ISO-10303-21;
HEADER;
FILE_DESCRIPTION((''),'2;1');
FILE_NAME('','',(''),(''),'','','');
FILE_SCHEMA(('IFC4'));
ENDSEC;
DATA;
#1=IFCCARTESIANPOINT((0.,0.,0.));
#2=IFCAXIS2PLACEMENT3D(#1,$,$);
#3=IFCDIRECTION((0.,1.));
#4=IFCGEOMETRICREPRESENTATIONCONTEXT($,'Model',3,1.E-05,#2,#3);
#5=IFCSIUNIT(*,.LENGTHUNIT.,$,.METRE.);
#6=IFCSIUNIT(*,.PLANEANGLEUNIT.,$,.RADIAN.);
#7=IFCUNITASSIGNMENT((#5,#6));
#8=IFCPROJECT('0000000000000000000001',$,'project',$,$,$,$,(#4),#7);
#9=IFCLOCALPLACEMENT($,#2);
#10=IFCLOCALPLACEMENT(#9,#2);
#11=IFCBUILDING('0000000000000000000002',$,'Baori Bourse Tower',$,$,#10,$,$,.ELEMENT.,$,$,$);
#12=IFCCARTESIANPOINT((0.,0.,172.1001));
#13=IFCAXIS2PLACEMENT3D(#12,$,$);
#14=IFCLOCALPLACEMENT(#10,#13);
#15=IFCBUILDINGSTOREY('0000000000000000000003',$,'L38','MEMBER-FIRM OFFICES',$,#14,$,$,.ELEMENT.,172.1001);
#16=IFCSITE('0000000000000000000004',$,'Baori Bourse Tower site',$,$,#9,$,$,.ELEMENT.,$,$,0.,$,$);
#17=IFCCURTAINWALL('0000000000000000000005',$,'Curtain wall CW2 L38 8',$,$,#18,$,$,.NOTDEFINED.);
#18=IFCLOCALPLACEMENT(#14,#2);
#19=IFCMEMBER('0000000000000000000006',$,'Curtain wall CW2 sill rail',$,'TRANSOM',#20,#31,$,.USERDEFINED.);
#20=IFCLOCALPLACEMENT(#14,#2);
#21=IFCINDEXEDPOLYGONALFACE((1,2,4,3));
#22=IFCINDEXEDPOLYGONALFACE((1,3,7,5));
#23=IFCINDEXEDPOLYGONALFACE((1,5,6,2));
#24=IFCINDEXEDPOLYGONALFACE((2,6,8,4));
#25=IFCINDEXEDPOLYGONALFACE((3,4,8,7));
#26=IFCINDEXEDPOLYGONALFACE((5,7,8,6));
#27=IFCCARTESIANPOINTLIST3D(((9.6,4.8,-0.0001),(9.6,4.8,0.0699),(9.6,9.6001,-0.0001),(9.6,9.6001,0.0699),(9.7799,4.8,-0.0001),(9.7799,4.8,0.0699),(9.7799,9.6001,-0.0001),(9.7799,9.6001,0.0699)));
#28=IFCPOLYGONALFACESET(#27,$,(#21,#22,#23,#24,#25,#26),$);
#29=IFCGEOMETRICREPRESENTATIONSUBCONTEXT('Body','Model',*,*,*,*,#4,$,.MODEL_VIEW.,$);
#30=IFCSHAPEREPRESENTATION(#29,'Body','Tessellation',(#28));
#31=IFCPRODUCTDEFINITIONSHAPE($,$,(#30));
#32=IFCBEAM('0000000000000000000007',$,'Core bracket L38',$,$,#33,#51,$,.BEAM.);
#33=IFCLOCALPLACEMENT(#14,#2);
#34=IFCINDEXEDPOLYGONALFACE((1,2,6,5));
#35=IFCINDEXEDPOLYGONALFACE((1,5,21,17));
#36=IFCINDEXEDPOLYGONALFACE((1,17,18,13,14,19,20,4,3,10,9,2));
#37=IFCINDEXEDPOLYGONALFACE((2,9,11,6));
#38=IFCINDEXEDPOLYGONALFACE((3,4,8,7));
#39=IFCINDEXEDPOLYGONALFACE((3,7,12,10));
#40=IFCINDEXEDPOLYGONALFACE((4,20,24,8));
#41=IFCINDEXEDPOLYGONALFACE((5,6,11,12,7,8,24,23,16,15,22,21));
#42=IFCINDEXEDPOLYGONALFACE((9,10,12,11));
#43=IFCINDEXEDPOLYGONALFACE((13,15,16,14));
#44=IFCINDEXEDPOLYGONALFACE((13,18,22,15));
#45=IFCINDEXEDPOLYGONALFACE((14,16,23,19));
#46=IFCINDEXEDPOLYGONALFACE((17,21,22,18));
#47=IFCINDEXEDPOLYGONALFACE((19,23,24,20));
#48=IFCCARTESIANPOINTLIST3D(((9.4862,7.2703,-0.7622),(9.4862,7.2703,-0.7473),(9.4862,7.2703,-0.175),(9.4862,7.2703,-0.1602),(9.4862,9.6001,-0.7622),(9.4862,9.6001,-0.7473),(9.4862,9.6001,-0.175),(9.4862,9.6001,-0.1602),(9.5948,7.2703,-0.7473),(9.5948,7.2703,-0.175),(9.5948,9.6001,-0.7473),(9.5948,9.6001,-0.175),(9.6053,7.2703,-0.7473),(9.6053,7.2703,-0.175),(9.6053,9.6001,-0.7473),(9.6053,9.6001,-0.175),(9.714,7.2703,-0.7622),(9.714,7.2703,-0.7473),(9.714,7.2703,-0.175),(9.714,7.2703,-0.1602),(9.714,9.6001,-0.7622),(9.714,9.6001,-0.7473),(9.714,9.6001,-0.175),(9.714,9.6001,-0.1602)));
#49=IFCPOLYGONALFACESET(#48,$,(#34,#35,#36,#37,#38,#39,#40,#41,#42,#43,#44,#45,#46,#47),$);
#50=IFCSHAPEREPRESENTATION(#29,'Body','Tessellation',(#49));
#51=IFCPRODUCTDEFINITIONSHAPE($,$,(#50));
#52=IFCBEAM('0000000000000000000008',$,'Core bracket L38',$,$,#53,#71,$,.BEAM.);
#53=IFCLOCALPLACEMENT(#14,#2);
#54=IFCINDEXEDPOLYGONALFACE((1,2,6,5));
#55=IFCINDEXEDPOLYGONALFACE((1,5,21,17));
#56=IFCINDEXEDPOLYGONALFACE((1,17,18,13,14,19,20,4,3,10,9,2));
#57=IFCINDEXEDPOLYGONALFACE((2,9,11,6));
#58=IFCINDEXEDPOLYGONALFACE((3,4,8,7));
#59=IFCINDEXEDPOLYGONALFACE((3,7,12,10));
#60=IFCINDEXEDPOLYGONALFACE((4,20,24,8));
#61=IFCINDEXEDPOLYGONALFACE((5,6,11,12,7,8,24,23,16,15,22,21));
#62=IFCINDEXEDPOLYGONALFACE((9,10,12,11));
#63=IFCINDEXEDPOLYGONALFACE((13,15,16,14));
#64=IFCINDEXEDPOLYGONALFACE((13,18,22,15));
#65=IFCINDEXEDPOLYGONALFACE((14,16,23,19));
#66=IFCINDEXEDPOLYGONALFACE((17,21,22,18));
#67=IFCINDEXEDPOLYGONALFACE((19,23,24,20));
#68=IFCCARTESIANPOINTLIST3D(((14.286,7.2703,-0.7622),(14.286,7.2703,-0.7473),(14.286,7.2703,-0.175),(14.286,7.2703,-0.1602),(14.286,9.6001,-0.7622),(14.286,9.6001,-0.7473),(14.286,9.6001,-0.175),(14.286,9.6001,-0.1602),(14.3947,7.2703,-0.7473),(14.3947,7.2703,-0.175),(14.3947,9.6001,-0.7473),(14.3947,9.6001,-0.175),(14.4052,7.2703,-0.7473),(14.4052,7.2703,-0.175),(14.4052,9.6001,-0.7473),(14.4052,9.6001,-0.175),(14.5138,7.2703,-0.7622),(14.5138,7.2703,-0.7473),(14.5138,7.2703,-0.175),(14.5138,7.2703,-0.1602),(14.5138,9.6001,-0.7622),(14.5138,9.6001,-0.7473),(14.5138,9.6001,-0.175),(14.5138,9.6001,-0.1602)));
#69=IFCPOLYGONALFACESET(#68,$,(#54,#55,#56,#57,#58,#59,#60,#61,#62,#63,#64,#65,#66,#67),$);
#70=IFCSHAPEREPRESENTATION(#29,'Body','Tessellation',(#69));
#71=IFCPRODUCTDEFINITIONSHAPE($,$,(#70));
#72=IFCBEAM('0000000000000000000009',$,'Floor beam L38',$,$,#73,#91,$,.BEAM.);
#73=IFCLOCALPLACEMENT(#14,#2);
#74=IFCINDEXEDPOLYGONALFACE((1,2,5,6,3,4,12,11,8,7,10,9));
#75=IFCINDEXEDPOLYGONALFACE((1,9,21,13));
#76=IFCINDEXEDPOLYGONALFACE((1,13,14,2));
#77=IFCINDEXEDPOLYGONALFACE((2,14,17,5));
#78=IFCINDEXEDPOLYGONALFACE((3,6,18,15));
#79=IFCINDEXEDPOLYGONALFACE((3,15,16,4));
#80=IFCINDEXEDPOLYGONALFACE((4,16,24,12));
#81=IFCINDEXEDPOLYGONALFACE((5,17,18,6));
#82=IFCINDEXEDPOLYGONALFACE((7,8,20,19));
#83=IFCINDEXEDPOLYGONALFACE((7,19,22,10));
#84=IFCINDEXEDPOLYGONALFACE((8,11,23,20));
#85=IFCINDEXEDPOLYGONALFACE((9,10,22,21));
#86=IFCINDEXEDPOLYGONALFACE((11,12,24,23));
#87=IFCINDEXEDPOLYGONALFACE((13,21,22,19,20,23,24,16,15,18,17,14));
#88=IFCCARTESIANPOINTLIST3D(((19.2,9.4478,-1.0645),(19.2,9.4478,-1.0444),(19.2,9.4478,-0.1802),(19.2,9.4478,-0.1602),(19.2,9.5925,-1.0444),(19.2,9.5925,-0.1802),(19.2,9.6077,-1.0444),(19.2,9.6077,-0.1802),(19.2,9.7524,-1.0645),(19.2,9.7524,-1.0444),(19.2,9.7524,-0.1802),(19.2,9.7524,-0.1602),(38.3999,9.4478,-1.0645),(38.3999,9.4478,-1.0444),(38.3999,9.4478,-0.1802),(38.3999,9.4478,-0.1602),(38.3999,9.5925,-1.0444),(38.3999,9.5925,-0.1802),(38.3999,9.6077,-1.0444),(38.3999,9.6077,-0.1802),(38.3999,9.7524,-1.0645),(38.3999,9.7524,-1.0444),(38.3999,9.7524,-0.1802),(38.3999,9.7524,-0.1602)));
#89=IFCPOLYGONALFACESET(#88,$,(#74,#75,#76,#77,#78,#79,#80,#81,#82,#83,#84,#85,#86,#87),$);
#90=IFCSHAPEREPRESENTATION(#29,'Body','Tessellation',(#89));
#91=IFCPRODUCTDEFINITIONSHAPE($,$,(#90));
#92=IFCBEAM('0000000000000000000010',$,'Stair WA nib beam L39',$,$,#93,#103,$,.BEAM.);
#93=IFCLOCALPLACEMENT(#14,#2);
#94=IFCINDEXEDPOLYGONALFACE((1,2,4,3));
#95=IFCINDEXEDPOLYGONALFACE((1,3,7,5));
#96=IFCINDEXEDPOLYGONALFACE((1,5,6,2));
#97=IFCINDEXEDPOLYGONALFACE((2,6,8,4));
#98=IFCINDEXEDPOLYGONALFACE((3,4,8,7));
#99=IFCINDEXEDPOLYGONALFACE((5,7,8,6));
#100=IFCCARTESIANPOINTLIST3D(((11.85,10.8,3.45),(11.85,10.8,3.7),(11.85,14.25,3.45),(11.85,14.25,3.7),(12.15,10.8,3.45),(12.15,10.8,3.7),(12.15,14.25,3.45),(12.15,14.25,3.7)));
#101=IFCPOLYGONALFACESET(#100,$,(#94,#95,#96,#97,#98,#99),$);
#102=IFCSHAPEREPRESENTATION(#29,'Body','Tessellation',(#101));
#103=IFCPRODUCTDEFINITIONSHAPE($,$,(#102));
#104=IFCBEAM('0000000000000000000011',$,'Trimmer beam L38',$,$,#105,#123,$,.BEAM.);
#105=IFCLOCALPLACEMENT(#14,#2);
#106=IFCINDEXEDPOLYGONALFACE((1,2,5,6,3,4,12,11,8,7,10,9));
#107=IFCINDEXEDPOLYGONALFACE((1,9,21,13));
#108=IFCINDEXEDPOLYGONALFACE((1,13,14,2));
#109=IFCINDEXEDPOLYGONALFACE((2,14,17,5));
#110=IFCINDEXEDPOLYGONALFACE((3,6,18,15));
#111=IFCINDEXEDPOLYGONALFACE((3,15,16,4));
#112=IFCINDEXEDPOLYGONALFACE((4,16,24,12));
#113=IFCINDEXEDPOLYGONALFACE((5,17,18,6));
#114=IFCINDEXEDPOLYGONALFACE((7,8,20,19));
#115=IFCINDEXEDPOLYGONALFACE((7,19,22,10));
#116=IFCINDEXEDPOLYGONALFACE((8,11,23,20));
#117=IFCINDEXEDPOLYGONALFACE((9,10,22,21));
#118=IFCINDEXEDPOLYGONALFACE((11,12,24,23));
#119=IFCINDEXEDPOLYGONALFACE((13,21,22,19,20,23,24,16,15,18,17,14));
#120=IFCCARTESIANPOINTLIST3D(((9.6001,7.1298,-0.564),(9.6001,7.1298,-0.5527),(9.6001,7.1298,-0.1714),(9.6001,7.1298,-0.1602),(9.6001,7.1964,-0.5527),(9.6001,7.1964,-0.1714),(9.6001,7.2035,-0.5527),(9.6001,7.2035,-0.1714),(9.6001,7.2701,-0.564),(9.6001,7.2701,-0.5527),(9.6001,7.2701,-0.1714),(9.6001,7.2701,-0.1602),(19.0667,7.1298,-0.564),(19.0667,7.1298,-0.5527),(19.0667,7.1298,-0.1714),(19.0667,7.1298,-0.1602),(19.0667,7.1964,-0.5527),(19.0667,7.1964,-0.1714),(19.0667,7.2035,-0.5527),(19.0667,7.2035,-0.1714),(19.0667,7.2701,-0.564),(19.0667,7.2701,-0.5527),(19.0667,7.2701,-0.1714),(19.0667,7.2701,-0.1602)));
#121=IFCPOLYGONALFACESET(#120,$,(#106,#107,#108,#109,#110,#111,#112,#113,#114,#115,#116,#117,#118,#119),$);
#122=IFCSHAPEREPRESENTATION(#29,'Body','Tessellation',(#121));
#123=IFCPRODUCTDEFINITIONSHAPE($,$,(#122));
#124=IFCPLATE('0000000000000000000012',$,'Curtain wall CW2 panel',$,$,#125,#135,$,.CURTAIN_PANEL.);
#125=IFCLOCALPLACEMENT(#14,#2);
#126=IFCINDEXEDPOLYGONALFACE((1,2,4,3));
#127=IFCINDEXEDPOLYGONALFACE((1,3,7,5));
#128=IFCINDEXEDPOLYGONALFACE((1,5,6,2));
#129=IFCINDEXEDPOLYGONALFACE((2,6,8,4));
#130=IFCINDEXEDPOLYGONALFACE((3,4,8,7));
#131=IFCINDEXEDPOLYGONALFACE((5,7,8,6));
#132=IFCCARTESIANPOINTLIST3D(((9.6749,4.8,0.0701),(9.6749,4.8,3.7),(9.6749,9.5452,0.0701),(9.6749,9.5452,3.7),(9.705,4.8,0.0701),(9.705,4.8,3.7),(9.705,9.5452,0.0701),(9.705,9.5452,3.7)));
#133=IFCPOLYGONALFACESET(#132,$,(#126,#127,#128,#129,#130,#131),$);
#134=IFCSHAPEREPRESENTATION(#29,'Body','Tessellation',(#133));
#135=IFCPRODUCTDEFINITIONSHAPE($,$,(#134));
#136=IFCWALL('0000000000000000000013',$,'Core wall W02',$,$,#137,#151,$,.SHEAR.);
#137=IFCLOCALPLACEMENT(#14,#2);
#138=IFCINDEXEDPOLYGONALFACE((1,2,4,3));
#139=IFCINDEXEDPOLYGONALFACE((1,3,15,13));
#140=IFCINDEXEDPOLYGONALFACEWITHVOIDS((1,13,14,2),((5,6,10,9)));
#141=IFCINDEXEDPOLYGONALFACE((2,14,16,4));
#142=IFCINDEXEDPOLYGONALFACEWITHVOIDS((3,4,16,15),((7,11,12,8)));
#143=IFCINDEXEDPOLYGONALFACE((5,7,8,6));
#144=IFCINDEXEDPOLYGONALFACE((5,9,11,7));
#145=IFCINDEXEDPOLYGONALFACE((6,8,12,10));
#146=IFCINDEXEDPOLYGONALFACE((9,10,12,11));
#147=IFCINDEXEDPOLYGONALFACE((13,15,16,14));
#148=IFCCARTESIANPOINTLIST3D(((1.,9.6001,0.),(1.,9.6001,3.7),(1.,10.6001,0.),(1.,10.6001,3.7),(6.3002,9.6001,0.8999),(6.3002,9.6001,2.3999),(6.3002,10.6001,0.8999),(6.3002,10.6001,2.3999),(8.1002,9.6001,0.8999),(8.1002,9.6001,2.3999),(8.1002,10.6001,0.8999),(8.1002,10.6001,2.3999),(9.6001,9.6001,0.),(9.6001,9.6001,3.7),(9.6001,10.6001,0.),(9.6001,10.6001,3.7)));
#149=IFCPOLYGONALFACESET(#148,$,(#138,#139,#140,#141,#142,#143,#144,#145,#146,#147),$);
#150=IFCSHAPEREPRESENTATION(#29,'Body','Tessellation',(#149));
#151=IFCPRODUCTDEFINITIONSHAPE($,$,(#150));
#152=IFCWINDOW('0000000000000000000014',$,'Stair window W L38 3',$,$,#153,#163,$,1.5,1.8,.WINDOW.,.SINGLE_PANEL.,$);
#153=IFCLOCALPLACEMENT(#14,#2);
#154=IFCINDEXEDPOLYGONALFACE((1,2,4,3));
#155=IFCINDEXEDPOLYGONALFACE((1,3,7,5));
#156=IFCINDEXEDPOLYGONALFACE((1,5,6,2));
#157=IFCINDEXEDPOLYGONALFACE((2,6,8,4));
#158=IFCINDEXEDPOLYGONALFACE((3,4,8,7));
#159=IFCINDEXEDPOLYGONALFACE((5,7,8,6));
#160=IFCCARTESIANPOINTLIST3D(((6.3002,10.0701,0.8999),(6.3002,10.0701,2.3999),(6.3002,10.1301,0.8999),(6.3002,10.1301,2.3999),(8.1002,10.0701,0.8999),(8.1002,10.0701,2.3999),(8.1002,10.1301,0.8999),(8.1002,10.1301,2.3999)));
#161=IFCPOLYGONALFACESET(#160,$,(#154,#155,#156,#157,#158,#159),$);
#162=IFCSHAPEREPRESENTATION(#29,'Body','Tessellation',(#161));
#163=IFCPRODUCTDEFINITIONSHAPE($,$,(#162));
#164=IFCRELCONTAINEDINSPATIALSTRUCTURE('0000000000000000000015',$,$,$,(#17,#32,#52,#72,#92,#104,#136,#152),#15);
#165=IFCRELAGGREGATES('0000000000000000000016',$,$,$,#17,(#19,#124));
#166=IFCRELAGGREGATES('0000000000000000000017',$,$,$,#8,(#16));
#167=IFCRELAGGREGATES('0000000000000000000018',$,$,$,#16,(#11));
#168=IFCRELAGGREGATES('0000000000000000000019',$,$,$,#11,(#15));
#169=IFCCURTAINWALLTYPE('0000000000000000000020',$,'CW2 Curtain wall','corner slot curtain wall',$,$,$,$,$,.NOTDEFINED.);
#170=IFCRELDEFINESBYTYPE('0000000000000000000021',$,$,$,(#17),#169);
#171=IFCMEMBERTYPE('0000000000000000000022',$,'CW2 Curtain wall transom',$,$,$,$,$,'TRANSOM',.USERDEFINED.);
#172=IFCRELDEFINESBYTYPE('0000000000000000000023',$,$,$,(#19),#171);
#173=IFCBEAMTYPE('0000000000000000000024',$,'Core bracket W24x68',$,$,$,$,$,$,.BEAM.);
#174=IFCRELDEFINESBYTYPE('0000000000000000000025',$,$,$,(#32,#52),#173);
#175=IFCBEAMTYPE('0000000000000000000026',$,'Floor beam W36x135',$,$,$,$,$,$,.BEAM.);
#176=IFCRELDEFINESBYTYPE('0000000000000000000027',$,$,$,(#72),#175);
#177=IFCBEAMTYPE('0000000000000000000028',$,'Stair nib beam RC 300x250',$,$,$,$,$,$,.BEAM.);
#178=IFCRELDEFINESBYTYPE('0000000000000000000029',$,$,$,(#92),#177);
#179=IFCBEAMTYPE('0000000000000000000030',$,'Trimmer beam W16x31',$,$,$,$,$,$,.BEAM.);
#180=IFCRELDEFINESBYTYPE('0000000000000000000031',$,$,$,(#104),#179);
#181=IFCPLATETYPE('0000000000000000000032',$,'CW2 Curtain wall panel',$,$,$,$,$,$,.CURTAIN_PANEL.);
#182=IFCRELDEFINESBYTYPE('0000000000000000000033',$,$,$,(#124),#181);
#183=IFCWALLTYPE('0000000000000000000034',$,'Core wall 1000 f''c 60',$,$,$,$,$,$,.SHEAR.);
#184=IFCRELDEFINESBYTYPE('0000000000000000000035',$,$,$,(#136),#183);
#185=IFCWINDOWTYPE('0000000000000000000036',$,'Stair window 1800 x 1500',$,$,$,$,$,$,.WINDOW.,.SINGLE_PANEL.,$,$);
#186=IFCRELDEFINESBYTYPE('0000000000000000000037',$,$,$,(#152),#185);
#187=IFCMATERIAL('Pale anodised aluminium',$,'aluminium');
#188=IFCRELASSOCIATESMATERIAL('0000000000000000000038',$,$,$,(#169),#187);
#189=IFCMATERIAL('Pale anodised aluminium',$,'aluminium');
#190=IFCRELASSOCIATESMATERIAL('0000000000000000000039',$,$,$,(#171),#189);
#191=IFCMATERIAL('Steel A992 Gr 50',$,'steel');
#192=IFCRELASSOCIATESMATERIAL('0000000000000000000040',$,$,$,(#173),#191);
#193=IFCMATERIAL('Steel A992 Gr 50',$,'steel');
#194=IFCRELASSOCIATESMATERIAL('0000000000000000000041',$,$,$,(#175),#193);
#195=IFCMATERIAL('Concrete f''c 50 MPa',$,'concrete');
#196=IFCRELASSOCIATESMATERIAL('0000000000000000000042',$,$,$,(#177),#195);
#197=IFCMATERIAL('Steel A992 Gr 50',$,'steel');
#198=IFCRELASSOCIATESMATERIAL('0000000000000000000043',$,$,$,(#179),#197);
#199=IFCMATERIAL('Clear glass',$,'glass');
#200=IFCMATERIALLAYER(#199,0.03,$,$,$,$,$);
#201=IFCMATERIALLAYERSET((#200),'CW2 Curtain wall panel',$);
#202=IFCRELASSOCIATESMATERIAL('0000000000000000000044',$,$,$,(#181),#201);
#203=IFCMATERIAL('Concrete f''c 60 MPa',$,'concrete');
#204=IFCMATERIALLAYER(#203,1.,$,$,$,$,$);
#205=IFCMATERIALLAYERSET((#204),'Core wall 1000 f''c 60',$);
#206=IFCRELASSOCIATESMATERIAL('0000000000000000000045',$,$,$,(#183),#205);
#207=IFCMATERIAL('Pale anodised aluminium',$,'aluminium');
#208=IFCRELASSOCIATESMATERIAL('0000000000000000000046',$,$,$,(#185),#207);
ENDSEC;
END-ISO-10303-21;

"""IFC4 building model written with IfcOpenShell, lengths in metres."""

from ifc_helpers import new_model, si_unit, direction, frame, frame_2d, origin, origin_2d, place, context, subcontext, project, spatial, rectangle, i_section, extrude, material, layer, layer_set, material_profile, profile_set, type_object, element, fill, aggregate, save


model = new_model("IFC4")

# Units and contexts
model_context = context("Model", 3, precision=1e-05, world=origin(), true_north=direction((0.0, 1.0)))
body_context = subcontext(model_context, "Body", "Model", "MODEL_VIEW")
ifc_project = project(units=[si_unit("LENGTHUNIT", "METRE"), si_unit("PLANEANGLEUNIT", "RADIAN")], contexts=[model_context])

# Site, building, storey
site_placement = place(None, origin())
site = spatial("IfcSite", under=ifc_project, at=site_placement, Name="Baori Bourse Tower site", CompositionType="ELEMENT", RefElevation=0.0)
building_placement = place(site_placement, origin())
building = spatial("IfcBuilding", under=site, at=building_placement, Name="Baori Bourse Tower", CompositionType="ELEMENT")
storey_placement = place(building_placement, frame((0.0, 0.0, 172.1001)))
storey = spatial("IfcBuildingStorey", under=building, at=storey_placement, Name="L38", Description="MEMBER-FIRM OFFICES", CompositionType="ELEMENT", Elevation=172.1001)

# Curtain wall, member
ifc_material_1 = material(Name="Pale anodised aluminium", Category="aluminium")
curtain_wall_type = type_object("IfcCurtainWallType", Name="CW2 Curtain wall", Description="corner slot curtain wall", PredefinedType="NOTDEFINED", material=ifc_material_1)
curtain_wall_placement = place(storey_placement, origin())
curtain_wall = element("IfcCurtainWall", 1, at=curtain_wall_placement, inside=storey, type_object=curtain_wall_type, Name="Curtain wall CW2 L38 8", PredefinedType="NOTDEFINED")
ifc_material_2 = material(Name="Pale anodised aluminium", Category="aluminium")
ifc_material_profile_1 = material_profile(ifc_material_2, rectangle(XDim=0.1799, YDim=0.0701, at=origin_2d()), Name="Transom 70x180")
ifc_profile_set_1 = profile_set([ifc_material_profile_1], Name="Pale anodised aluminium")
member_type = type_object("IfcMemberType", Name="CW2 Curtain wall transom", ElementType="TRANSOM", PredefinedType="USERDEFINED", material=ifc_profile_set_1)
member_placement = place(storey_placement, frame((9.6899, 9.6001, 0.0349), z_axis=(0.0, -1.0, 0.0), x_axis=(1.0, 0.0, 0.0)))
member = element("IfcMember", 2, at=member_placement, type_object=member_type, Name="Curtain wall CW2 sill rail", ObjectType="TRANSOM", PredefinedType="USERDEFINED", context=body_context, shape_type="SweptSolid", body=[
    extrude(rectangle(XDim=0.1799, YDim=0.0701, at=origin_2d()), origin(), (0.0, 0.0, 1.0), 4.8),
])

# Beams
ifc_material_3 = material(Name="Steel A992 Gr 50", Category="steel")
ifc_material_profile_2 = material_profile(ifc_material_3, i_section(OverallWidth=0.2278, OverallDepth=0.6021, WebThickness=0.0105, FlangeThickness=0.0149, at=origin_2d()), Name="W24x68")
ifc_profile_set_2 = profile_set([ifc_material_profile_2], Name="Steel A992 Gr 50")
beam_type_1 = type_object("IfcBeamType", Name="Core bracket W24x68", PredefinedType="BEAM", material=ifc_profile_set_2)
for number, where, z_axis, x_axis, name in (
    (3, (9.6001, 7.2703, -0.4612), (0.0, 1.0, 0.0), (-1.0, 0.0, 0.0), "Core bracket L38"),
    (4, (14.3999, 7.2703, -0.4612), (0.0, 1.0, 0.0), (-1.0, 0.0, 0.0), "Core bracket L38"),
):
    element("IfcBeam", number, at=place(storey_placement, frame(where, z_axis=z_axis, x_axis=x_axis)), inside=storey, type_object=beam_type_1, Name=name, PredefinedType="BEAM", context=body_context, shape_type="SweptSolid", body=[
        extrude(i_section(OverallWidth=0.2278, OverallDepth=0.6021, WebThickness=0.0105, FlangeThickness=0.0149, at=origin_2d()), origin(), (0.0, 0.0, 1.0), 2.3298),
    ])
ifc_material_4 = material(Name="Steel A992 Gr 50", Category="steel")
ifc_material_profile_3 = material_profile(ifc_material_4, i_section(OverallWidth=0.3047, OverallDepth=0.9043, WebThickness=0.0151, FlangeThickness=0.02, at=origin_2d()), Name="W36x135")
ifc_profile_set_3 = profile_set([ifc_material_profile_3], Name="Steel A992 Gr 50")
beam_type_2 = type_object("IfcBeamType", Name="Floor beam W36x135", PredefinedType="BEAM", material=ifc_profile_set_3)
beam_1_placement = place(storey_placement, frame((19.2, 9.6001, -0.6123), z_axis=(1.0, 0.0, 0.0), x_axis=(0.0, 1.0, 0.0)))
element("IfcBeam", 5, at=beam_1_placement, inside=storey, type_object=beam_type_2, Name="Floor beam L38", PredefinedType="BEAM", context=body_context, shape_type="SweptSolid", body=[
    extrude(i_section(OverallWidth=0.3047, OverallDepth=0.9043, WebThickness=0.0151, FlangeThickness=0.02, at=origin_2d()), origin(), (0.0, 0.0, 1.0), 19.2),
])
ifc_material_5 = material(Name="Concrete f'c 50 MPa", Category="concrete")
ifc_material_profile_4 = material_profile(ifc_material_5, rectangle(XDim=0.3, YDim=0.25, at=origin_2d()), Name="RC 300x250")
ifc_profile_set_4 = profile_set([ifc_material_profile_4], Name="Concrete f'c 50 MPa")
beam_type_3 = type_object("IfcBeamType", Name="Stair nib beam RC 300x250", PredefinedType="BEAM", material=ifc_profile_set_4)
beam_2_placement = place(storey_placement, frame((12.0, 10.8, 3.575), z_axis=(0.0, 1.0, 0.0), x_axis=(-1.0, 0.0, 0.0)))
element("IfcBeam", 6, at=beam_2_placement, inside=storey, type_object=beam_type_3, Name="Stair WA nib beam L39", PredefinedType="BEAM", context=body_context, shape_type="SweptSolid", body=[
    extrude(rectangle(XDim=0.3, YDim=0.25, at=origin_2d()), origin(), (0.0, 0.0, 1.0), 3.45),
])
ifc_material_6 = material(Name="Steel A992 Gr 50", Category="steel")
ifc_material_profile_5 = material_profile(ifc_material_6, i_section(OverallWidth=0.1404, OverallDepth=0.4038, WebThickness=0.0071, FlangeThickness=0.0112, at=origin_2d()), Name="W16x31")
ifc_profile_set_5 = profile_set([ifc_material_profile_5], Name="Steel A992 Gr 50")
beam_type_4 = type_object("IfcBeamType", Name="Trimmer beam W16x31", PredefinedType="BEAM", material=ifc_profile_set_5)
beam_3_placement = place(storey_placement, frame((9.6001, 7.2, -0.3621), z_axis=(1.0, 0.0, 0.0), x_axis=(0.0, 1.0, 0.0)))
element("IfcBeam", 7, at=beam_3_placement, inside=storey, type_object=beam_type_4, Name="Trimmer beam L38", PredefinedType="BEAM", context=body_context, shape_type="SweptSolid", body=[
    extrude(i_section(OverallWidth=0.1404, OverallDepth=0.4038, WebThickness=0.0071, FlangeThickness=0.0112, at=origin_2d()), origin(), (0.0, 0.0, 1.0), 9.4666),
])

# Plate
ifc_material_7 = material(Name="Clear glass", Category="glass")
ifc_layer_1 = layer(ifc_material_7, 0.03)
ifc_layer_set_1 = layer_set([ifc_layer_1], Name="CW2 Curtain wall panel")
plate_type = type_object("IfcPlateType", Name="CW2 Curtain wall panel", PredefinedType="CURTAIN_PANEL", material=ifc_layer_set_1)
plate_placement = place(storey_placement, frame((9.6899, 7.1726, 0.0701), z_axis=(0.0, 0.0, 1.0), x_axis=(0.0, -1.0, 0.0)))
plate = element("IfcPlate", 8, at=plate_placement, type_object=plate_type, Name="Curtain wall CW2 panel", PredefinedType="CURTAIN_PANEL", context=body_context, shape_type="SweptSolid", body=[
    extrude(rectangle(XDim=4.7451, YDim=0.03, at=origin_2d()), origin(), (0.0, 0.0, 1.0), 3.6299),
])
aggregate(curtain_wall, [member, plate])

# Wall, opening, window
ifc_material_8 = material(Name="Concrete f'c 60 MPa", Category="concrete")
ifc_layer_2 = layer(ifc_material_8, 1.0)
ifc_layer_set_2 = layer_set([ifc_layer_2], Name="Core wall 1000 f'c 60")
wall_type_1 = type_object("IfcWallType", Name="Core wall 1000 f'c 60", PredefinedType="SHEAR", material=ifc_layer_set_2)
wall_1_placement = place(storey_placement, frame((9.6001, 10.1001, 0.0), z_axis=(0.0, 0.0, 1.0), x_axis=(-1.0, 0.0, 0.0)))
wall_1 = element("IfcWall", 9, at=wall_1_placement, inside=storey, type_object=wall_type_1, Name="Core wall W02", PredefinedType="SHEAR", context=body_context, shape_type="SweptSolid", body=[
    extrude(rectangle(XDim=8.6001, YDim=1.0, at=frame_2d((4.3, 0.0))), origin(), (0.0, 0.0, 1.0), 3.7),
])
opening_1_placement = place(wall_1_placement, frame((1.5, 0.0, 0.8999)))
opening_1 = element("IfcOpeningElement", 10, at=opening_1_placement, cuts=wall_1, PredefinedType="OPENING", context=body_context, shape_type="SweptSolid", body=[
    extrude(rectangle(XDim=1.8, YDim=1.5, at=frame_2d((0.8999, 0.75))), frame((0.0, 0.51, 0.0), z_axis=(0.0, -1.0, 0.0), x_axis=(1.0, 0.0, 0.0)), (0.0, 0.0, 1.0), 1.02),
])
ifc_material_9 = material(Name="Pale anodised aluminium", Category="aluminium")
window_type = type_object("IfcWindowType", Name="Stair window 1800 x 1500", PartitioningType="SINGLE_PANEL", PredefinedType="WINDOW", material=ifc_material_9)
window_placement = place(opening_1_placement, origin())
window = element("IfcWindow", 11, at=window_placement, inside=storey, type_object=window_type, Name="Stair window W L38 3", OverallHeight=1.5, OverallWidth=1.8, PartitioningType="SINGLE_PANEL", PredefinedType="WINDOW", context=body_context, shape_type="SweptSolid", body=[
    extrude(rectangle(XDim=1.8, YDim=1.5, at=frame_2d((0.8999, 0.75))), frame((0.0, 0.03, 0.0), z_axis=(0.0, -1.0, 0.0), x_axis=(1.0, 0.0, 0.0)), (0.0, 0.0, 1.0), 0.0601),
])
fill(opening_1, window)

save(model, "model.ifc")
